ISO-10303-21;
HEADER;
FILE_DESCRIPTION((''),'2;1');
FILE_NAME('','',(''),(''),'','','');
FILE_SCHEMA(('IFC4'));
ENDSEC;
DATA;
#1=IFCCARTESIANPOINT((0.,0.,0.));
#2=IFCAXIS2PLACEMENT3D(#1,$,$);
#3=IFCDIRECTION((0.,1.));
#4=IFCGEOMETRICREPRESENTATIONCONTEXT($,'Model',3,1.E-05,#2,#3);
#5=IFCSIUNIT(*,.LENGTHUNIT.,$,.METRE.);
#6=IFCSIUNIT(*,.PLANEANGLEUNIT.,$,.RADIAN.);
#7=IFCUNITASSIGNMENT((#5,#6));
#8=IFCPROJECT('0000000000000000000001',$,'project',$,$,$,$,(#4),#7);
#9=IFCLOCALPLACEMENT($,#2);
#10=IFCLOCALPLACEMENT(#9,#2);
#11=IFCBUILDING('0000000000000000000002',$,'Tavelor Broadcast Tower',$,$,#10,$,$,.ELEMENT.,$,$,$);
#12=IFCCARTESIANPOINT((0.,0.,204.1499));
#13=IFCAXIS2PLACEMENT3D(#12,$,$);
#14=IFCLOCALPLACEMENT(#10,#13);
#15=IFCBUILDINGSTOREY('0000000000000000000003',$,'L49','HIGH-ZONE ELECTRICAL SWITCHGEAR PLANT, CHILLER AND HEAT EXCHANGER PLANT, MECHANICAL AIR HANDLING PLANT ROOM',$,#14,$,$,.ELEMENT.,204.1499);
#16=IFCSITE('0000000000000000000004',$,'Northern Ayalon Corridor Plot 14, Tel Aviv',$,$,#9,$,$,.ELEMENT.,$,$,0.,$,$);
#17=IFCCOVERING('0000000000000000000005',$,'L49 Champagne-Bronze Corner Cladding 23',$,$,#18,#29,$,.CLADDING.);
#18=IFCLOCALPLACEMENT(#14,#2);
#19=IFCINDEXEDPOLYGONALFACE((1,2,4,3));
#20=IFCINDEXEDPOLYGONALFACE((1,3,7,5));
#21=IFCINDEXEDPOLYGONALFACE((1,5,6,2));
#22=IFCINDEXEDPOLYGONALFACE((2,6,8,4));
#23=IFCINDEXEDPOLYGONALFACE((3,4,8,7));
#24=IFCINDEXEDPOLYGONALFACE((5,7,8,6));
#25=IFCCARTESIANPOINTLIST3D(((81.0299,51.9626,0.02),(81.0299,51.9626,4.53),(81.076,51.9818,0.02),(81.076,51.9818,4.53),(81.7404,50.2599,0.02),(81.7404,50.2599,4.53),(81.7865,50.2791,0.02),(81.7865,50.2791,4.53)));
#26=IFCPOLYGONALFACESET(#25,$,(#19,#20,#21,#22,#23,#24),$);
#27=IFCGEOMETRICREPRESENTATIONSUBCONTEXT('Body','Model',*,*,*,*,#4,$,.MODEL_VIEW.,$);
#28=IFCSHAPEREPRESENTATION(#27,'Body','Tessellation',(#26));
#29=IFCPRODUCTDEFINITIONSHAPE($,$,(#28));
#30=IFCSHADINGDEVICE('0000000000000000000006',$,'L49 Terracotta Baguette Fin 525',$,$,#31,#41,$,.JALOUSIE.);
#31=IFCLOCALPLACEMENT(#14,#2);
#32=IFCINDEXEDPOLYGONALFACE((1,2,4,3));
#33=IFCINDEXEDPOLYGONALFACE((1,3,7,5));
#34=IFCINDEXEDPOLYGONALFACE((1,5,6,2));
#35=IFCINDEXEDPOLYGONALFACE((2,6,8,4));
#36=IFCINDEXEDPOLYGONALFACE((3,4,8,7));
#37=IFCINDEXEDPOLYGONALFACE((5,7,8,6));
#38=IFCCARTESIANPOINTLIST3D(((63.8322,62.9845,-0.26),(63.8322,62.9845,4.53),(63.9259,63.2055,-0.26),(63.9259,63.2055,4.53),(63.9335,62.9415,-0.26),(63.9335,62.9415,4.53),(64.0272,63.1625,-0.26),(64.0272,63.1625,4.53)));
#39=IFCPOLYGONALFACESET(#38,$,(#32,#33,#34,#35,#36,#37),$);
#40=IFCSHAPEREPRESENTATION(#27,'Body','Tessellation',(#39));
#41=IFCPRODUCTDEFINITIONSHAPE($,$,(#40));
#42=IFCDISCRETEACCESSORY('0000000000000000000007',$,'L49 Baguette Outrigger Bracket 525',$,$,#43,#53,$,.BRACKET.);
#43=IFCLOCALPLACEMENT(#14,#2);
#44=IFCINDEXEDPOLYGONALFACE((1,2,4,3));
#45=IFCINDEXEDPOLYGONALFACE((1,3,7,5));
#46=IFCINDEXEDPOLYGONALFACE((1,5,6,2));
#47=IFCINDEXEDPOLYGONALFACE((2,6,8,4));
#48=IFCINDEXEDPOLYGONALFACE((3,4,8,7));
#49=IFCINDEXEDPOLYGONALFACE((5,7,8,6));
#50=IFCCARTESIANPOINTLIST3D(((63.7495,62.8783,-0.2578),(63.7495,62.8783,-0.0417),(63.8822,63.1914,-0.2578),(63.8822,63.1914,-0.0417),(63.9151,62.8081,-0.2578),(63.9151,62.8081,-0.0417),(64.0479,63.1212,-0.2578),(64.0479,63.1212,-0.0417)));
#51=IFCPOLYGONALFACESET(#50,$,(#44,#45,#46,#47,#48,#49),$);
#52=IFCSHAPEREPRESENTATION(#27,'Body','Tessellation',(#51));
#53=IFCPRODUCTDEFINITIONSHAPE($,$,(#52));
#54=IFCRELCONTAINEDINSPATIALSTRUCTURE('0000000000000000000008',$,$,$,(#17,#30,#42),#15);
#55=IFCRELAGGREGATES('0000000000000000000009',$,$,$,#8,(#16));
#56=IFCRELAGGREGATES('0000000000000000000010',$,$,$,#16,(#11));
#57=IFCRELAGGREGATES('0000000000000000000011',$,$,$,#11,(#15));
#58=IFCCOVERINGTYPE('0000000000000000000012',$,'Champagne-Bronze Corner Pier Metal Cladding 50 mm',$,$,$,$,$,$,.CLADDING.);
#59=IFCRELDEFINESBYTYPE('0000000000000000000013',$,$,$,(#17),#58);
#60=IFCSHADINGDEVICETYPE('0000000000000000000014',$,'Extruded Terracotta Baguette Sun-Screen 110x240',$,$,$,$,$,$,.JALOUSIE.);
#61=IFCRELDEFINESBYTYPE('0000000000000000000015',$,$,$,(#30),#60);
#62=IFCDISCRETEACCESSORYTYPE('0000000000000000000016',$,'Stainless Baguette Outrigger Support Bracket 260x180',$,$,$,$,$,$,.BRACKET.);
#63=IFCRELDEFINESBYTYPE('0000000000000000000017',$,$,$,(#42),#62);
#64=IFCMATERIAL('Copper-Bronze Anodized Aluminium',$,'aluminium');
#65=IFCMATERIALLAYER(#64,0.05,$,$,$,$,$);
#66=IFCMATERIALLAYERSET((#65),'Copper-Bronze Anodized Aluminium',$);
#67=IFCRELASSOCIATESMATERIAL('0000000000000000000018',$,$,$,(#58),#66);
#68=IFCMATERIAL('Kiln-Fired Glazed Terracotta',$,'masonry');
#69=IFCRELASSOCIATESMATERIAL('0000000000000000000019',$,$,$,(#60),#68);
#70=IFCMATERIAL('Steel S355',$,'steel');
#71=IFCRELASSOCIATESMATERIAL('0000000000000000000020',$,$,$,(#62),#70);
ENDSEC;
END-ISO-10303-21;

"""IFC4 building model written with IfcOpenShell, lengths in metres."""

from ifc_helpers import new_model, si_unit, direction, frame, origin, origin_2d, place, context, subcontext, project, spatial, rectangle, extrude, source, transform, mapped, material, layer, layer_set, type_object, type_shapes, element, save


model = new_model("IFC4")

# Units and contexts
model_context = context("Model", 3, precision=1e-05, world=origin(), true_north=direction((0.0, 1.0)))
body_context = subcontext(model_context, "Body", "Model", "MODEL_VIEW")
ifc_project = project(units=[si_unit("LENGTHUNIT", "METRE"), si_unit("PLANEANGLEUNIT", "RADIAN")], contexts=[model_context])

# Site, building, storey
site_placement = place(None, origin())
site = spatial("IfcSite", under=ifc_project, at=site_placement, Name="Northern Ayalon Corridor Plot 14, Tel Aviv", CompositionType="ELEMENT", RefElevation=0.0)
building_placement = place(site_placement, origin())
building = spatial("IfcBuilding", under=site, at=building_placement, Name="Tavelor Broadcast Tower", CompositionType="ELEMENT")
storey_placement = place(building_placement, frame((0.0, 0.0, 204.1499)))
storey = spatial("IfcBuildingStorey", under=building, at=storey_placement, Name="L49", Description="HIGH-ZONE ELECTRICAL SWITCHGEAR PLANT, CHILLER AND HEAT EXCHANGER PLANT, MECHANICAL AIR HANDLING PLANT ROOM", CompositionType="ELEMENT", Elevation=204.1499)

# Shared definitions
ifc_material_1 = material(Name="Steel S355", Category="steel")

# Covering
ifc_material_2 = material(Name="Copper-Bronze Anodized Aluminium", Category="aluminium")
ifc_layer_1 = layer(ifc_material_2, 0.05)
ifc_layer_set_1 = layer_set([ifc_layer_1], Name="Copper-Bronze Anodized Aluminium")
covering_type = type_object("IfcCoveringType", Name="Champagne-Bronze Corner Pier Metal Cladding 50 mm", PredefinedType="CLADDING", material=ifc_layer_set_1)
covering_placement = place(storey_placement, frame((81.4082, 51.1208, 0.02), z_axis=(0.0, 0.0, 1.0), x_axis=(-0.385101, 0.922875, 0.0)))
element("IfcCovering", 1, at=covering_placement, inside=storey, type_object=covering_type, Name="L49 Champagne-Bronze Corner Cladding 23", PredefinedType="CLADDING", context=body_context, shape_type="SweptSolid", body=[
    extrude(rectangle(XDim=1.845, YDim=0.05, at=origin_2d()), origin(), (0.0, 0.0, 1.0), 4.51),
])

# Shading device
ifc_material_3 = material(Name="Kiln-Fired Glazed Terracotta", Category="masonry")
shading_device_type = type_object("IfcShadingDeviceType", Name="Extruded Terracotta Baguette Sun-Screen 110x240", PredefinedType="JALOUSIE", material=ifc_material_3)
shared_shape_1 = source(origin(), body_context, "Body", "SweptSolid", [
    extrude(rectangle(XDim=0.1101, YDim=0.24, at=origin_2d()), origin(), (0.0, 0.0, 1.0), 4.79),
])
type_shapes(shading_device_type, [shared_shape_1])
shading_device_placement = place(storey_placement, frame((63.9297, 63.0735, -0.26), z_axis=(0.0, 0.0, 1.0), x_axis=(-0.920641, 0.39041, 0.0)))
element("IfcShadingDevice", 2, at=shading_device_placement, inside=storey, type_object=shading_device_type, Name="L49 Terracotta Baguette Fin 525", PredefinedType="JALOUSIE", context=body_context, shape_type="MappedRepresentation", body=[
    mapped(shared_shape_1, transform((0.0, 0.0, 0.0), scale=1.0)),
])

# Discrete accessory
discrete_accessory_type = type_object("IfcDiscreteAccessoryType", Name="Stainless Baguette Outrigger Support Bracket 260x180", PredefinedType="BRACKET", material=ifc_material_1)
shared_shape_2 = source(origin(), body_context, "Body", "SweptSolid", [
    extrude(rectangle(XDim=0.1799, YDim=0.3401, at=origin_2d()), origin(), (0.0, 0.0, 1.0), 0.2161),
])
type_shapes(discrete_accessory_type, [shared_shape_2])
discrete_accessory_placement = place(storey_placement, frame((63.8987, 62.9998, -0.2578), z_axis=(0.0, 0.0, 1.0), x_axis=(-0.920641, 0.39041, 0.0)))
element("IfcDiscreteAccessory", 3, at=discrete_accessory_placement, inside=storey, type_object=discrete_accessory_type, Name="L49 Baguette Outrigger Bracket 525", PredefinedType="BRACKET", context=body_context, shape_type="MappedRepresentation", body=[
    mapped(shared_shape_2, transform((0.0, 0.0, 0.0), scale=1.0)),
])

save(model, "model.ifc")
